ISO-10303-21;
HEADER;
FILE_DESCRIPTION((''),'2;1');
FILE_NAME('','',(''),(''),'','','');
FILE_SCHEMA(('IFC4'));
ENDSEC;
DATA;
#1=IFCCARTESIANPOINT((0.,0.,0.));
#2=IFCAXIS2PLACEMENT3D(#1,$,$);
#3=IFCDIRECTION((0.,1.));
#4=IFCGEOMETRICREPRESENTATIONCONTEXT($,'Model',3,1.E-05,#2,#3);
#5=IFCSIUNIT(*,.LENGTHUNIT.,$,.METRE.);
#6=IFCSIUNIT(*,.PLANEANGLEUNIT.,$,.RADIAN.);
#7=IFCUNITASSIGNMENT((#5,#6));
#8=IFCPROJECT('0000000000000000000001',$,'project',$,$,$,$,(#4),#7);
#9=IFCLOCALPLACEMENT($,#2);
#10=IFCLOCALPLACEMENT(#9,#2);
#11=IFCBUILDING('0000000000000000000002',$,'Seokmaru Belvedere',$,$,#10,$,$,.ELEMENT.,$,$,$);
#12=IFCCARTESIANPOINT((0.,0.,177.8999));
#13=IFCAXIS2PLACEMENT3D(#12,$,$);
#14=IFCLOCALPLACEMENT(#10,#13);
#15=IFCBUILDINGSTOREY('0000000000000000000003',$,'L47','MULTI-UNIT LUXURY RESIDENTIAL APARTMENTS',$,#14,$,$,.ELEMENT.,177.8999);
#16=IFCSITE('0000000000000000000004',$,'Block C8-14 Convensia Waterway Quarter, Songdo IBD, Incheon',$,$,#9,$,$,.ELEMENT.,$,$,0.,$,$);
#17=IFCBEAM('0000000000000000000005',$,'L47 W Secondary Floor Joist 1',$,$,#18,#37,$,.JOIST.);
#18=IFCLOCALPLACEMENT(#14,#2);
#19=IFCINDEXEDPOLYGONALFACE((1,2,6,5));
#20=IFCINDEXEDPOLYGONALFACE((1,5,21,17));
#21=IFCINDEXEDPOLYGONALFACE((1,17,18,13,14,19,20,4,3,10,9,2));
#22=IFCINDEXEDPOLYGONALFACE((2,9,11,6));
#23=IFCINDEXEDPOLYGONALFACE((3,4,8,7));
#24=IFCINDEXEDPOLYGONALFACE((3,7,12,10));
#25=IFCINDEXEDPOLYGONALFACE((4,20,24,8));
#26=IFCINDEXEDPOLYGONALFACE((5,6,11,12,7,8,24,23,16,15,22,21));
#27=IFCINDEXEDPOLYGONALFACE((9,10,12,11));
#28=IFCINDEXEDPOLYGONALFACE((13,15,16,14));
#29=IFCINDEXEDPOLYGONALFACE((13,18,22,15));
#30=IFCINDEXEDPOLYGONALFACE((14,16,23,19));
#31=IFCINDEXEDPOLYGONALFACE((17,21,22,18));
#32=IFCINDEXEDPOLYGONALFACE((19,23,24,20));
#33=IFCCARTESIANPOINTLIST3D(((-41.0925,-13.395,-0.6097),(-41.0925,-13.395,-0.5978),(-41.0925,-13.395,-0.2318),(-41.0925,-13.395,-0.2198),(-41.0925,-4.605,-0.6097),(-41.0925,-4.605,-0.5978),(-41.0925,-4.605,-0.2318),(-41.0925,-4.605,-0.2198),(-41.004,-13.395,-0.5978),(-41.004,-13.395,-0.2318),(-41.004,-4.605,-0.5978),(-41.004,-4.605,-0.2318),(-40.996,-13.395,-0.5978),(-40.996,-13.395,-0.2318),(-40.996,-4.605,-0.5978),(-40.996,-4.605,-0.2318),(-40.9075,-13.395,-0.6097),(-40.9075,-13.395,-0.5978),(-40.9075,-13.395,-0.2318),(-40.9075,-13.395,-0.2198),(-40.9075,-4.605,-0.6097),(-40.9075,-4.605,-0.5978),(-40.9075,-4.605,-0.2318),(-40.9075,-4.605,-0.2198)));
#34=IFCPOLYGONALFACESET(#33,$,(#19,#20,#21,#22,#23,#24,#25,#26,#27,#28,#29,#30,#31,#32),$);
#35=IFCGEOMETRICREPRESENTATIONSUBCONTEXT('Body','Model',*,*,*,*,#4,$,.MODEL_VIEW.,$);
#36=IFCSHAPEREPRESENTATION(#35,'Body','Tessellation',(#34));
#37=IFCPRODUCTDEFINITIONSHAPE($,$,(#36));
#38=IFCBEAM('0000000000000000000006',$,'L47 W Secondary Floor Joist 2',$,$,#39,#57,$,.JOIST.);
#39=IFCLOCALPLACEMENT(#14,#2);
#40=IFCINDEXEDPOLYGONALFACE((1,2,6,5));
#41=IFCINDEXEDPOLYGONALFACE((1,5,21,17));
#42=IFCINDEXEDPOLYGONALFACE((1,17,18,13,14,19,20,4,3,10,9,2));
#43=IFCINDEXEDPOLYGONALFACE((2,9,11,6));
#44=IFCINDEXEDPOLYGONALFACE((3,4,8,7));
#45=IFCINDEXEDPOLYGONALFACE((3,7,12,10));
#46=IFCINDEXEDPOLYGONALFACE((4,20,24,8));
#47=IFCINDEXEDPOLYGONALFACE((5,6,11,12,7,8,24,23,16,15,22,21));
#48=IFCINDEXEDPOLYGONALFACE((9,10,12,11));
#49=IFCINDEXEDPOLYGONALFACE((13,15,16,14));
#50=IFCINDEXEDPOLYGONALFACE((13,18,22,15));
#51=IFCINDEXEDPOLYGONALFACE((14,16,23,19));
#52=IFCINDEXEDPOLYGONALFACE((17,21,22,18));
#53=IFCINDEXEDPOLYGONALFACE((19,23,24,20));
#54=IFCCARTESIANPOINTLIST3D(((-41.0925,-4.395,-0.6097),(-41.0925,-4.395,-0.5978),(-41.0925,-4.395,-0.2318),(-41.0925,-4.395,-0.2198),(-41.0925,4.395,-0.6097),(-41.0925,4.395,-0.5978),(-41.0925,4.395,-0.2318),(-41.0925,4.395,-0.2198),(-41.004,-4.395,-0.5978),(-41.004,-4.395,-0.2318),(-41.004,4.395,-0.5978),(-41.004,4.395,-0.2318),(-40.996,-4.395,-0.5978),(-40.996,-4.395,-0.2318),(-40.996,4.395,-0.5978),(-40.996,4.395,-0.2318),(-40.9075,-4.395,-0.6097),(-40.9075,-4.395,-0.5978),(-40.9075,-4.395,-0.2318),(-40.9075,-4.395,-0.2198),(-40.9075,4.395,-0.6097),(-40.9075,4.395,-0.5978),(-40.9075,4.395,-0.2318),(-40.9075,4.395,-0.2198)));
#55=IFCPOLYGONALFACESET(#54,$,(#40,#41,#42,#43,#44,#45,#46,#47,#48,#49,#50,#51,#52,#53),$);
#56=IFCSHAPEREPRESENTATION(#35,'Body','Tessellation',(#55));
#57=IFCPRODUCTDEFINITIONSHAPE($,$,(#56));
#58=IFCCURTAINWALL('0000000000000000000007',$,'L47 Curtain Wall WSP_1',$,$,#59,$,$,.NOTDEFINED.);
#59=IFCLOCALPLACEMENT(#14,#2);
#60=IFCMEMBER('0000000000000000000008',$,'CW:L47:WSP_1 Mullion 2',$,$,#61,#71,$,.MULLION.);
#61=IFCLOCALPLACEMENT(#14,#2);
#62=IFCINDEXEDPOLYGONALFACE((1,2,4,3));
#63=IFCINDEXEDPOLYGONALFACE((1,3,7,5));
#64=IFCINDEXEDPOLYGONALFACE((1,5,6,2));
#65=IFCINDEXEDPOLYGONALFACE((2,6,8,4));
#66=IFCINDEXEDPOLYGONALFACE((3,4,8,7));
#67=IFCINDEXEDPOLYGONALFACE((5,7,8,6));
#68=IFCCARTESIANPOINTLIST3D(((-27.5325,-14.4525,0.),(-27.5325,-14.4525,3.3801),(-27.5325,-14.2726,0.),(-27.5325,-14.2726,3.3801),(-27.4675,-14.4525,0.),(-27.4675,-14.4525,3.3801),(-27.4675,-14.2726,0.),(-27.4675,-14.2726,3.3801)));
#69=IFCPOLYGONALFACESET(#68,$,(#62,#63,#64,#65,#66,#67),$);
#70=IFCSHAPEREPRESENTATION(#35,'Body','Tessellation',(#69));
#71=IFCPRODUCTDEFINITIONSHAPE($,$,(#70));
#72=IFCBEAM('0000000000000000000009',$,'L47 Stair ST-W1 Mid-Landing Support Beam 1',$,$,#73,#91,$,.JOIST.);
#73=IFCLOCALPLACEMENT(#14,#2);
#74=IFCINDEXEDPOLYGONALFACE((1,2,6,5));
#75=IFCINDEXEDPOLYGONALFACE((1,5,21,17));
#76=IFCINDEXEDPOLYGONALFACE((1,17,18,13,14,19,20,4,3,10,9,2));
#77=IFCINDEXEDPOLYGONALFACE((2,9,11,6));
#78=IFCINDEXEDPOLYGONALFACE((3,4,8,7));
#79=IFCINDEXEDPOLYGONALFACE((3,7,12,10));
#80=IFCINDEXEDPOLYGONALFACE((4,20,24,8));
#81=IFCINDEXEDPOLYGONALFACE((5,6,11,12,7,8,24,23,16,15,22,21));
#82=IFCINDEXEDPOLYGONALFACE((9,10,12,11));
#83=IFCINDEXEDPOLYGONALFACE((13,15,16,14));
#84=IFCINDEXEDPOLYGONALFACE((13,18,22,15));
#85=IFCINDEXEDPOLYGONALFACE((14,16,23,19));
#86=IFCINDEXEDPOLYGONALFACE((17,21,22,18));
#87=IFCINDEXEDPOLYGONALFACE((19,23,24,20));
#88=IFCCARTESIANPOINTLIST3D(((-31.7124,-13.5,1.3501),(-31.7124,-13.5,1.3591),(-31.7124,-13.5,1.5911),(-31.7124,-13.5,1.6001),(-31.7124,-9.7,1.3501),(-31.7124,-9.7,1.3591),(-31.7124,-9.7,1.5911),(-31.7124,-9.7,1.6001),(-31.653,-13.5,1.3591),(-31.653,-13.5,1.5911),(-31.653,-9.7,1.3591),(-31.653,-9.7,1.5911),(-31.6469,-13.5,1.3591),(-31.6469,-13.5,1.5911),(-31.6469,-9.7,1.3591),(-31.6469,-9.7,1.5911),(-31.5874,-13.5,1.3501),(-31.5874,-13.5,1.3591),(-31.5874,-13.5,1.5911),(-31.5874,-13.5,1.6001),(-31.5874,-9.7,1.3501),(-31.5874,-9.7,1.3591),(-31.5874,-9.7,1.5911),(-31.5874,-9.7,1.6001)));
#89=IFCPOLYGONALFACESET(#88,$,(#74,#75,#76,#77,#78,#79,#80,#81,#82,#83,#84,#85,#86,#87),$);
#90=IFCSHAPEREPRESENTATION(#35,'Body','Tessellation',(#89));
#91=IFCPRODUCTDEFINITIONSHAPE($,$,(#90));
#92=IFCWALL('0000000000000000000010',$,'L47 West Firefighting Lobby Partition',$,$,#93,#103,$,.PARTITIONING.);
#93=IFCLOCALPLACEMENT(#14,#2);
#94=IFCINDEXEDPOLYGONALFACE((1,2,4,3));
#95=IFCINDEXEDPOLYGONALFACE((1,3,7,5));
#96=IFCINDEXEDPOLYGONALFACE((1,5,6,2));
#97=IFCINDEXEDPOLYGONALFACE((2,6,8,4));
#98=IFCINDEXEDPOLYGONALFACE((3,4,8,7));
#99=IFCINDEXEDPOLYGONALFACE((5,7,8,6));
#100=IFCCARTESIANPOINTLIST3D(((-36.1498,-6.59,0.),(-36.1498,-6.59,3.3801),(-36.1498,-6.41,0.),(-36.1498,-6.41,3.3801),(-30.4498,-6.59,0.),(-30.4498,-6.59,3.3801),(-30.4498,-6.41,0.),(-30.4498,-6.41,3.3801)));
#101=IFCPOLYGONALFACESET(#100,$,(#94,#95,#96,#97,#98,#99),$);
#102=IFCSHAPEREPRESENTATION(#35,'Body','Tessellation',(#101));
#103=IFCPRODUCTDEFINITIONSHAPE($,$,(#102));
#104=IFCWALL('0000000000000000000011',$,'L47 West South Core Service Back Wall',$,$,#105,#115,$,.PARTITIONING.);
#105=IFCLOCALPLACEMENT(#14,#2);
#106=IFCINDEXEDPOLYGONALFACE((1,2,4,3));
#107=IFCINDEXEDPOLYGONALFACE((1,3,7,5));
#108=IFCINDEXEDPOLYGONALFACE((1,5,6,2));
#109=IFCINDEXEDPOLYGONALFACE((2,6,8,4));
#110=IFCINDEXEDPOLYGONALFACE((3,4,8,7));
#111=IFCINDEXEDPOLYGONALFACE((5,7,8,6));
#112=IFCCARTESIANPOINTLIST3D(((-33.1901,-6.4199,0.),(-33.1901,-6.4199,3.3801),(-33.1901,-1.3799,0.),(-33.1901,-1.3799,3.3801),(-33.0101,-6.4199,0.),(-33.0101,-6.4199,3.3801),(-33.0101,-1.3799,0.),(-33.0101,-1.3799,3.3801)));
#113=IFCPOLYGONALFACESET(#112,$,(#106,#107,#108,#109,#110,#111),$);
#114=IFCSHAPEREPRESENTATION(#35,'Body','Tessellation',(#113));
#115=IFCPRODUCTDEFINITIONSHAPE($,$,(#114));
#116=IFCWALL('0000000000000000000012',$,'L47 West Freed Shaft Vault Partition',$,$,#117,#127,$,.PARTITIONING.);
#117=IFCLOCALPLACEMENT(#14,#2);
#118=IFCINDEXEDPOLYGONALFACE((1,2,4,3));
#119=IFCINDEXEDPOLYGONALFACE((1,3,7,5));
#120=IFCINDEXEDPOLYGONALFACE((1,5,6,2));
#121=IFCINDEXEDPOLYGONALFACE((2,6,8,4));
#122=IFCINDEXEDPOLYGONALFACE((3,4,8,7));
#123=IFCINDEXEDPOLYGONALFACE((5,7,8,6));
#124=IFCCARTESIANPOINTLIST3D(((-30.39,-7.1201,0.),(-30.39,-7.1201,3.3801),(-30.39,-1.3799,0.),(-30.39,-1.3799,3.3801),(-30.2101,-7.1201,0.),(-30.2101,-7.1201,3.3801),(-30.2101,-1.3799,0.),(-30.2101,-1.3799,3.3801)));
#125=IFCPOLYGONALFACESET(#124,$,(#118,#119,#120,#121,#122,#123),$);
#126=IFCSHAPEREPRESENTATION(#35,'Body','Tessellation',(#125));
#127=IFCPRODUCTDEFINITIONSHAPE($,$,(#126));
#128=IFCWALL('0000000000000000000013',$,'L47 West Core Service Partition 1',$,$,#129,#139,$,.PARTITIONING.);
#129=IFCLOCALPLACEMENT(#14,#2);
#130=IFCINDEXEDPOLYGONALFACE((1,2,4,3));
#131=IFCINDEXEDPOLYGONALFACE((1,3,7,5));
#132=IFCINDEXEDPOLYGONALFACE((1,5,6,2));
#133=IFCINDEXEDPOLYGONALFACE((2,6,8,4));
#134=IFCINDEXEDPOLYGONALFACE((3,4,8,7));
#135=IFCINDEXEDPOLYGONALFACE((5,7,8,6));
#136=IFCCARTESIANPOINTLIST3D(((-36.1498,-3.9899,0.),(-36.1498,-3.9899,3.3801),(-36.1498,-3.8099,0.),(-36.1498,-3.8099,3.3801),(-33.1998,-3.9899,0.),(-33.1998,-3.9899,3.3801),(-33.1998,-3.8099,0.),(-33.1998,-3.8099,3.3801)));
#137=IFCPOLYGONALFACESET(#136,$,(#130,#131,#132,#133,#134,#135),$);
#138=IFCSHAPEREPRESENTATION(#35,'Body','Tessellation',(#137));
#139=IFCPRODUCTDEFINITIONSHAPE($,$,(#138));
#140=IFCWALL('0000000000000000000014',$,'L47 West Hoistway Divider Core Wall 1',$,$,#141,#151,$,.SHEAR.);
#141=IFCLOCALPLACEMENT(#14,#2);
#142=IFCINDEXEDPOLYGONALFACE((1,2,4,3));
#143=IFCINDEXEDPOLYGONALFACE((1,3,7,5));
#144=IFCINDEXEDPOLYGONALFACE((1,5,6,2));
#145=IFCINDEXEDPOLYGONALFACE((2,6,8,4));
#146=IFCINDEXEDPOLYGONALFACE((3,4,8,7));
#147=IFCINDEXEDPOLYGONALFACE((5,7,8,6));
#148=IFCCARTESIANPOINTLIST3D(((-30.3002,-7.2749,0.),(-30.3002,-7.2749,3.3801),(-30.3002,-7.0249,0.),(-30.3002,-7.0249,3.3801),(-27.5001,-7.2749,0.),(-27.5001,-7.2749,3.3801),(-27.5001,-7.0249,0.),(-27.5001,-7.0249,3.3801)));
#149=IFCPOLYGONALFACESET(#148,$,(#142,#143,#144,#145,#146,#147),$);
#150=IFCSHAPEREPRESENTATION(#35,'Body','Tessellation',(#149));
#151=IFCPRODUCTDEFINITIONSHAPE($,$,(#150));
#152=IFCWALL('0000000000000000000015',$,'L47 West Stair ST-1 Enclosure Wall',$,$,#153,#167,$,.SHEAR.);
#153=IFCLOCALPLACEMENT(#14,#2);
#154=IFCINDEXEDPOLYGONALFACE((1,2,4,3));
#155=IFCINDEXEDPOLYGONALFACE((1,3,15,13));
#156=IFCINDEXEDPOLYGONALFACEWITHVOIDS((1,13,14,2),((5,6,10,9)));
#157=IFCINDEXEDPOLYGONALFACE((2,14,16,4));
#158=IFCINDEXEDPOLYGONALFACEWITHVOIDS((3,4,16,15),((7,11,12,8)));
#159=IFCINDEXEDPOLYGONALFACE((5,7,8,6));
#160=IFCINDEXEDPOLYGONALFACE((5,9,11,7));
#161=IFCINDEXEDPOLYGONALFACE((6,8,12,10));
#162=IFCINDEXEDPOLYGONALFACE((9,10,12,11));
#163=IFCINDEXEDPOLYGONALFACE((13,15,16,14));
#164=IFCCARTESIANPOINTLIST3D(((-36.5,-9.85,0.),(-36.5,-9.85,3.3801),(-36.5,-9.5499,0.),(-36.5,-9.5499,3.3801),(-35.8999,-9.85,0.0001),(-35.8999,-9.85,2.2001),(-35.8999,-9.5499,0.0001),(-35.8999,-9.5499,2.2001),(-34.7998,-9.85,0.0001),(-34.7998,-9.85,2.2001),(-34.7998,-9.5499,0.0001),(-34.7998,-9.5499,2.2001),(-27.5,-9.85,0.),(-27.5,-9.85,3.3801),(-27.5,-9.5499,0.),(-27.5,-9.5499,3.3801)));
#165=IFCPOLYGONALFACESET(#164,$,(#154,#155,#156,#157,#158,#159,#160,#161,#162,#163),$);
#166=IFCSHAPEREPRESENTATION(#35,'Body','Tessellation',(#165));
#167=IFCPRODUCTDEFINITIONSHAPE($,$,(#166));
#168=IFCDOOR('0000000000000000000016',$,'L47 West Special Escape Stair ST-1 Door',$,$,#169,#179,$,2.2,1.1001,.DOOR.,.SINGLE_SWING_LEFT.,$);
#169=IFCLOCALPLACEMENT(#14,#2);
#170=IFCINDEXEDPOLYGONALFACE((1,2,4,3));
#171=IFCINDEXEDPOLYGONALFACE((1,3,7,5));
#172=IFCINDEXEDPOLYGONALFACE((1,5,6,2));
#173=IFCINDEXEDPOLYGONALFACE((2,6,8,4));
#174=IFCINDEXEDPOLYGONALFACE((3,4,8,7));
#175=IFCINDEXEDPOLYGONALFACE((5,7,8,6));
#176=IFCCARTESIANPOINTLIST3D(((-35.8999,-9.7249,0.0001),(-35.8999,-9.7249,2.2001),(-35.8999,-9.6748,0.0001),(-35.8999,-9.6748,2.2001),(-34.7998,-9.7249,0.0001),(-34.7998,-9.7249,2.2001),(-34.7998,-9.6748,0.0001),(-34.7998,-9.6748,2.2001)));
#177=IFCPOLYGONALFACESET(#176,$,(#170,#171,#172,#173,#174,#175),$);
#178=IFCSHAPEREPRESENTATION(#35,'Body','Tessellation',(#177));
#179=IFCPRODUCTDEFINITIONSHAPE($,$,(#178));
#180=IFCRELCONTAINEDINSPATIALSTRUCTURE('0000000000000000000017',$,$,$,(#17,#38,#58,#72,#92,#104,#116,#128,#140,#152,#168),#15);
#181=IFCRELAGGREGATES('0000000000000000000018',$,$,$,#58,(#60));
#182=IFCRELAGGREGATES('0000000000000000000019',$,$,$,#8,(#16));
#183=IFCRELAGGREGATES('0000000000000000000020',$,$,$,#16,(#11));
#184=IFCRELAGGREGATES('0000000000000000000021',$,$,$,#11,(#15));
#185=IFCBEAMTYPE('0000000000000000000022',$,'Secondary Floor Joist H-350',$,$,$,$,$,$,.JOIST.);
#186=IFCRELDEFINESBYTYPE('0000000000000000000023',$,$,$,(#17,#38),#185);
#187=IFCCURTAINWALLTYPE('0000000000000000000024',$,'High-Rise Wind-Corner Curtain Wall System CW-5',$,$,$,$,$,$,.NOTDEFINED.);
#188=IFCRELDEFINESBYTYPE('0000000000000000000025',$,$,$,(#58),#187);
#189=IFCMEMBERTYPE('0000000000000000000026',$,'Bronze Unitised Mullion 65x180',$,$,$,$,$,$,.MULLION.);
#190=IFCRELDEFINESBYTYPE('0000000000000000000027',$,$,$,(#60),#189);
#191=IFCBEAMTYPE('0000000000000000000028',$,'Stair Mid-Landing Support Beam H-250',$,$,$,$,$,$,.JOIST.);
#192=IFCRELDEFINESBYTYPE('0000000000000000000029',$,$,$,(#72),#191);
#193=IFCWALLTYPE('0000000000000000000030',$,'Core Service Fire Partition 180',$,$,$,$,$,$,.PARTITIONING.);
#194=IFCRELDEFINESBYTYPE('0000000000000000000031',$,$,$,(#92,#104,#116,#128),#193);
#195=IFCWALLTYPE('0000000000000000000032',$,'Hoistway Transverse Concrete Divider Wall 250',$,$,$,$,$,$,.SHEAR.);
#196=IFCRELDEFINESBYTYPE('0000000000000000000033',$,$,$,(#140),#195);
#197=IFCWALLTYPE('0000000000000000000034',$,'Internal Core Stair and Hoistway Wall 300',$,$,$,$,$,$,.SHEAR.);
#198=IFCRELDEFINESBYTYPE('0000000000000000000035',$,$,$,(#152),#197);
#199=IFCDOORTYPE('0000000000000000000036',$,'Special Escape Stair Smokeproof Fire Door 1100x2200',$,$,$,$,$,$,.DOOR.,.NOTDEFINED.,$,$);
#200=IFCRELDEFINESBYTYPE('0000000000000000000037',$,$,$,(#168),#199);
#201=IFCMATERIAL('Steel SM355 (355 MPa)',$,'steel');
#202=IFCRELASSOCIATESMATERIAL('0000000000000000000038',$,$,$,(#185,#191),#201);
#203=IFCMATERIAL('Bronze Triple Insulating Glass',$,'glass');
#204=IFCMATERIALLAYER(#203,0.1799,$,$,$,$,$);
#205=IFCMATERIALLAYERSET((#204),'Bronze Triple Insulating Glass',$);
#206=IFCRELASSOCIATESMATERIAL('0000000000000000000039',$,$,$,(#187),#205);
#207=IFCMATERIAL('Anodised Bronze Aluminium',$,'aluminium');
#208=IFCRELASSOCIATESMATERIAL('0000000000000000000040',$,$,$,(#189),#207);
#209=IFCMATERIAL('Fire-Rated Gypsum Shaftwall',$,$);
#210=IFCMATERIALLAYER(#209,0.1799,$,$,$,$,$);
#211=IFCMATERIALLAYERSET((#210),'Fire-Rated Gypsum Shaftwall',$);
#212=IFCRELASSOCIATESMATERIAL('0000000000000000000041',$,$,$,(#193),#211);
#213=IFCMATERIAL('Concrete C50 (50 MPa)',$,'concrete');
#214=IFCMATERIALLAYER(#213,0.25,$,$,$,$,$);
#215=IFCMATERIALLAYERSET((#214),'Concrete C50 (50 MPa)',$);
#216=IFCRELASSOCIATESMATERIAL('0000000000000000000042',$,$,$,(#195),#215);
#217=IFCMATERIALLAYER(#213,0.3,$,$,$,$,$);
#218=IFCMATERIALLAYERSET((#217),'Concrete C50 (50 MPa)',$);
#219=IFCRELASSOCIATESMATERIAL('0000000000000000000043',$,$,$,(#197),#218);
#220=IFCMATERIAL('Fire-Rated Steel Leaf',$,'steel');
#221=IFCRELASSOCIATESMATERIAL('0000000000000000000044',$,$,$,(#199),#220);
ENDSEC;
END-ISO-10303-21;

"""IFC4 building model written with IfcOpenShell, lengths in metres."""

from ifc_helpers import new_model, si_unit, direction, frame, frame_2d, origin, origin_2d, place, context, subcontext, project, spatial, rectangle, i_section, extrude, source, transform, mapped, material, layer, layer_set, material_profile, profile_set, type_object, type_shapes, element, fill, aggregate, save


model = new_model("IFC4")

# Units and contexts
model_context = context("Model", 3, precision=1e-05, world=origin(), true_north=direction((0.0, 1.0)))
body_context = subcontext(model_context, "Body", "Model", "MODEL_VIEW")
ifc_project = project(units=[si_unit("LENGTHUNIT", "METRE"), si_unit("PLANEANGLEUNIT", "RADIAN")], contexts=[model_context])

# Site, building, storey
site_placement = place(None, origin())
site = spatial("IfcSite", under=ifc_project, at=site_placement, Name="Block C8-14 Convensia Waterway Quarter, Songdo IBD, Incheon", CompositionType="ELEMENT", RefElevation=0.0)
building_placement = place(site_placement, origin())
building = spatial("IfcBuilding", under=site, at=building_placement, Name="Seokmaru Belvedere", CompositionType="ELEMENT")
storey_placement = place(building_placement, frame((0.0, 0.0, 177.8999)))
storey = spatial("IfcBuildingStorey", under=building, at=storey_placement, Name="L47", Description="MULTI-UNIT LUXURY RESIDENTIAL APARTMENTS", CompositionType="ELEMENT", Elevation=177.8999)

# Shared definitions
ifc_material_1 = material(Name="Steel SM355 (355 MPa)", Category="steel")

# Beams
ifc_material_profile_1 = material_profile(ifc_material_1, i_section(OverallWidth=0.1851, OverallDepth=0.3899, WebThickness=0.0081, FlangeThickness=0.012, at=origin_2d()), Name="H-390x185x8x12")
ifc_profile_set_1 = profile_set([ifc_material_profile_1], Name="Steel SM355 (355 MPa)")
beam_type_1 = type_object("IfcBeamType", Name="Secondary Floor Joist H-350", PredefinedType="JOIST", material=ifc_profile_set_1)
shared_shape_1 = source(origin(), body_context, "Body", "SweptSolid", [
    extrude(i_section(OverallWidth=0.1851, OverallDepth=0.3899, WebThickness=0.0081, FlangeThickness=0.012, at=origin_2d()), origin(), (0.0, 0.0, 1.0), 8.79),
])
type_shapes(beam_type_1, [shared_shape_1])
for number, where, z_axis, x_axis, name in (
    (1, (-41.0, -13.395, -0.4148), (0.0, 1.0, 0.0), (-1.0, 0.0, 0.0), "L47 W Secondary Floor Joist 1"),
    (2, (-41.0, -4.395, -0.4148), (0.0, 1.0, 0.0), (-1.0, 0.0, 0.0), "L47 W Secondary Floor Joist 2"),
):
    element("IfcBeam", number, at=place(storey_placement, frame(where, z_axis=z_axis, x_axis=x_axis)), inside=storey, type_object=beam_type_1, Name=name, PredefinedType="JOIST", context=body_context, shape_type="MappedRepresentation", body=[
        mapped(shared_shape_1, transform((0.0, 0.0, 0.0), scale=1.0)),
    ])

# Curtain wall, member
ifc_material_2 = material(Name="Bronze Triple Insulating Glass", Category="glass")
ifc_layer_1 = layer(ifc_material_2, 0.1799)
ifc_layer_set_1 = layer_set([ifc_layer_1], Name="Bronze Triple Insulating Glass")
curtain_wall_type = type_object("IfcCurtainWallType", Name="High-Rise Wind-Corner Curtain Wall System CW-5", PredefinedType="NOTDEFINED", material=ifc_layer_set_1)
curtain_wall_placement = place(storey_placement, origin())
curtain_wall = element("IfcCurtainWall", 3, at=curtain_wall_placement, inside=storey, type_object=curtain_wall_type, Name="L47 Curtain Wall WSP_1", PredefinedType="NOTDEFINED")
ifc_material_3 = material(Name="Anodised Bronze Aluminium", Category="aluminium")
ifc_material_profile_2 = material_profile(ifc_material_3, rectangle(XDim=0.0649, YDim=0.1799, at=origin_2d()), Name="CW-M-65x180")
ifc_profile_set_2 = profile_set([ifc_material_profile_2], Name="Anodised Bronze Aluminium")
member_type = type_object("IfcMemberType", Name="Bronze Unitised Mullion 65x180", PredefinedType="MULLION", material=ifc_profile_set_2)
shared_shape_2 = source(origin(), body_context, "Body", "SweptSolid", [
    extrude(rectangle(XDim=0.0649, YDim=0.1799, at=origin_2d()), origin(), (0.0, 0.0, 1.0), 3.3801),
])
type_shapes(member_type, [shared_shape_2])
member_placement = place(storey_placement, frame((-27.5, -14.3625, 0.0), z_axis=(0.0, 0.0, 1.0), x_axis=(-1.0, 0.0, 0.0)))
member = element("IfcMember", 4, at=member_placement, type_object=member_type, Name="CW:L47:WSP_1 Mullion 2", PredefinedType="MULLION", context=body_context, shape_type="MappedRepresentation", body=[
    mapped(shared_shape_2, transform((0.0, 0.0, 0.0), scale=1.0)),
])
aggregate(curtain_wall, [member])

# Beam
ifc_material_profile_3 = material_profile(ifc_material_1, i_section(OverallWidth=0.125, OverallDepth=0.25, WebThickness=0.0061, FlangeThickness=0.009, at=origin_2d()), Name="H-250x125x6x9")
ifc_profile_set_3 = profile_set([ifc_material_profile_3], Name="Steel SM355 (355 MPa)")
beam_type_2 = type_object("IfcBeamType", Name="Stair Mid-Landing Support Beam H-250", PredefinedType="JOIST", material=ifc_profile_set_3)
shared_shape_3 = source(origin(), body_context, "Body", "SweptSolid", [
    extrude(i_section(OverallWidth=0.125, OverallDepth=0.25, WebThickness=0.0061, FlangeThickness=0.009, at=origin_2d()), origin(), (0.0, 0.0, 1.0), 3.8),
])
type_shapes(beam_type_2, [shared_shape_3])
beam_1_placement = place(storey_placement, frame((-31.6499, -13.5, 1.4751), z_axis=(0.0, 1.0, 0.0), x_axis=(-1.0, 0.0, 0.0)))
element("IfcBeam", 5, at=beam_1_placement, inside=storey, type_object=beam_type_2, Name="L47 Stair ST-W1 Mid-Landing Support Beam 1", PredefinedType="JOIST", context=body_context, shape_type="MappedRepresentation", body=[
    mapped(shared_shape_3, transform((0.0, 0.0, 0.0), scale=1.0)),
])

# Walls
ifc_material_4 = material(Name="Fire-Rated Gypsum Shaftwall")
ifc_layer_2 = layer(ifc_material_4, 0.1799)
ifc_layer_set_2 = layer_set([ifc_layer_2], Name="Fire-Rated Gypsum Shaftwall")
wall_type_1 = type_object("IfcWallType", Name="Core Service Fire Partition 180", PredefinedType="PARTITIONING", material=ifc_layer_set_2)
wall_1_placement = place(storey_placement, frame((-36.1499, -6.5, 0.0), z_axis=(0.0, 0.0, 1.0), x_axis=(1.0, 0.0, 0.0)))
element("IfcWall", 6, at=wall_1_placement, inside=storey, type_object=wall_type_1, Name="L47 West Firefighting Lobby Partition", PredefinedType="PARTITIONING", context=body_context, shape_type="SweptSolid", body=[
    extrude(rectangle(XDim=5.7, YDim=0.1799, at=frame_2d((2.8501, 0.0))), origin(), (0.0, 0.0, 1.0), 3.3801),
])
wall_2_placement = place(storey_placement, frame((-33.1001, -6.4199, 0.0), z_axis=(0.0, 0.0, 1.0), x_axis=(0.0, 1.0, 0.0)))
element("IfcWall", 7, at=wall_2_placement, inside=storey, type_object=wall_type_1, Name="L47 West South Core Service Back Wall", PredefinedType="PARTITIONING", context=body_context, shape_type="SweptSolid", body=[
    extrude(rectangle(XDim=5.04, YDim=0.1799, at=frame_2d((2.52, 0.0))), origin(), (0.0, 0.0, 1.0), 3.3801),
])
wall_3_placement = place(storey_placement, frame((-30.3, -7.1201, 0.0), z_axis=(0.0, 0.0, 1.0), x_axis=(0.0, 1.0, 0.0)))
element("IfcWall", 8, at=wall_3_placement, inside=storey, type_object=wall_type_1, Name="L47 West Freed Shaft Vault Partition", PredefinedType="PARTITIONING", context=body_context, shape_type="SweptSolid", body=[
    extrude(rectangle(XDim=5.7402, YDim=0.1799, at=frame_2d((2.8701, 0.0))), origin(), (0.0, 0.0, 1.0), 3.3801),
])
wall_4_placement = place(storey_placement, frame((-36.1499, -3.8999, 0.0), z_axis=(0.0, 0.0, 1.0), x_axis=(1.0, 0.0, 0.0)))
element("IfcWall", 9, at=wall_4_placement, inside=storey, type_object=wall_type_1, Name="L47 West Core Service Partition 1", PredefinedType="PARTITIONING", context=body_context, shape_type="SweptSolid", body=[
    extrude(rectangle(XDim=2.95, YDim=0.1799, at=frame_2d((1.4751, 0.0))), origin(), (0.0, 0.0, 1.0), 3.3801),
])
ifc_material_5 = material(Name="Concrete C50 (50 MPa)", Category="concrete")
ifc_layer_3 = layer(ifc_material_5, 0.25)
ifc_layer_set_3 = layer_set([ifc_layer_3], Name="Concrete C50 (50 MPa)")
wall_type_2 = type_object("IfcWallType", Name="Hoistway Transverse Concrete Divider Wall 250", PredefinedType="SHEAR", material=ifc_layer_set_3)
wall_5_placement = place(storey_placement, frame((-30.3, -7.1499, 0.0), z_axis=(0.0, 0.0, 1.0), x_axis=(1.0, 0.0, 0.0)))
element("IfcWall", 10, at=wall_5_placement, inside=storey, type_object=wall_type_2, Name="L47 West Hoistway Divider Core Wall 1", PredefinedType="SHEAR", context=body_context, shape_type="SweptSolid", body=[
    extrude(rectangle(XDim=2.8, YDim=0.25, at=frame_2d((1.3999, 0.0))), origin(), (0.0, 0.0, 1.0), 3.3801),
])

# Wall, opening, door
ifc_layer_4 = layer(ifc_material_5, 0.3)
ifc_layer_set_4 = layer_set([ifc_layer_4], Name="Concrete C50 (50 MPa)")
wall_type_3 = type_object("IfcWallType", Name="Internal Core Stair and Hoistway Wall 300", PredefinedType="SHEAR", material=ifc_layer_set_4)
wall_6_placement = place(storey_placement, frame((-36.5, -9.7, 0.0), z_axis=(0.0, 0.0, 1.0), x_axis=(1.0, 0.0, 0.0)))
wall_6 = element("IfcWall", 11, at=wall_6_placement, inside=storey, type_object=wall_type_3, Name="L47 West Stair ST-1 Enclosure Wall", PredefinedType="SHEAR", context=body_context, shape_type="SweptSolid", body=[
    extrude(rectangle(XDim=9.0, YDim=0.3, at=frame_2d((4.5, 0.0))), origin(), (0.0, 0.0, 1.0), 3.3801),
])
opening_1_placement = place(wall_6_placement, frame((0.6001, 0.0, 0.0)))
opening_1 = element("IfcOpeningElement", 12, at=opening_1_placement, cuts=wall_6, PredefinedType="OPENING", context=body_context, shape_type="SweptSolid", body=[
    extrude(rectangle(XDim=1.1001, YDim=2.2, at=frame_2d((0.55, 1.1001))), frame((0.0, 0.1602, 0.0), z_axis=(0.0, -1.0, 0.0), x_axis=(1.0, 0.0, 0.0)), (0.0, 0.0, 1.0), 0.3201),
])
ifc_material_6 = material(Name="Fire-Rated Steel Leaf", Category="steel")
door_type_1 = type_object("IfcDoorType", Name="Special Escape Stair Smokeproof Fire Door 1100x2200", OperationType="NOTDEFINED", PredefinedType="DOOR", material=ifc_material_6)
shared_shape_4 = source(origin(), body_context, "Body", "SweptSolid", [
    extrude(rectangle(XDim=1.1001, YDim=2.2, at=frame_2d((0.55, 1.1001))), frame((0.0, 0.0249, 0.0), z_axis=(0.0, -1.0, 0.0), x_axis=(1.0, 0.0, 0.0)), (0.0, 0.0, 1.0), 0.05),
])
type_shapes(door_type_1, [shared_shape_4])
door_1_placement = place(opening_1_placement, frame((1.1001, 0.0, 0.0), z_axis=(0.0, 0.0, 1.0), x_axis=(-1.0, 0.0, 0.0)))
door_1 = element("IfcDoor", 13, at=door_1_placement, inside=storey, type_object=door_type_1, Name="L47 West Special Escape Stair ST-1 Door", OperationType="SINGLE_SWING_LEFT", OverallHeight=2.2, OverallWidth=1.1001, PredefinedType="DOOR", context=body_context, shape_type="MappedRepresentation", body=[
    mapped(shared_shape_4, transform((0.0, 0.0, 0.0), scale=1.0)),
])
fill(opening_1, door_1)

save(model, "model.ifc")
